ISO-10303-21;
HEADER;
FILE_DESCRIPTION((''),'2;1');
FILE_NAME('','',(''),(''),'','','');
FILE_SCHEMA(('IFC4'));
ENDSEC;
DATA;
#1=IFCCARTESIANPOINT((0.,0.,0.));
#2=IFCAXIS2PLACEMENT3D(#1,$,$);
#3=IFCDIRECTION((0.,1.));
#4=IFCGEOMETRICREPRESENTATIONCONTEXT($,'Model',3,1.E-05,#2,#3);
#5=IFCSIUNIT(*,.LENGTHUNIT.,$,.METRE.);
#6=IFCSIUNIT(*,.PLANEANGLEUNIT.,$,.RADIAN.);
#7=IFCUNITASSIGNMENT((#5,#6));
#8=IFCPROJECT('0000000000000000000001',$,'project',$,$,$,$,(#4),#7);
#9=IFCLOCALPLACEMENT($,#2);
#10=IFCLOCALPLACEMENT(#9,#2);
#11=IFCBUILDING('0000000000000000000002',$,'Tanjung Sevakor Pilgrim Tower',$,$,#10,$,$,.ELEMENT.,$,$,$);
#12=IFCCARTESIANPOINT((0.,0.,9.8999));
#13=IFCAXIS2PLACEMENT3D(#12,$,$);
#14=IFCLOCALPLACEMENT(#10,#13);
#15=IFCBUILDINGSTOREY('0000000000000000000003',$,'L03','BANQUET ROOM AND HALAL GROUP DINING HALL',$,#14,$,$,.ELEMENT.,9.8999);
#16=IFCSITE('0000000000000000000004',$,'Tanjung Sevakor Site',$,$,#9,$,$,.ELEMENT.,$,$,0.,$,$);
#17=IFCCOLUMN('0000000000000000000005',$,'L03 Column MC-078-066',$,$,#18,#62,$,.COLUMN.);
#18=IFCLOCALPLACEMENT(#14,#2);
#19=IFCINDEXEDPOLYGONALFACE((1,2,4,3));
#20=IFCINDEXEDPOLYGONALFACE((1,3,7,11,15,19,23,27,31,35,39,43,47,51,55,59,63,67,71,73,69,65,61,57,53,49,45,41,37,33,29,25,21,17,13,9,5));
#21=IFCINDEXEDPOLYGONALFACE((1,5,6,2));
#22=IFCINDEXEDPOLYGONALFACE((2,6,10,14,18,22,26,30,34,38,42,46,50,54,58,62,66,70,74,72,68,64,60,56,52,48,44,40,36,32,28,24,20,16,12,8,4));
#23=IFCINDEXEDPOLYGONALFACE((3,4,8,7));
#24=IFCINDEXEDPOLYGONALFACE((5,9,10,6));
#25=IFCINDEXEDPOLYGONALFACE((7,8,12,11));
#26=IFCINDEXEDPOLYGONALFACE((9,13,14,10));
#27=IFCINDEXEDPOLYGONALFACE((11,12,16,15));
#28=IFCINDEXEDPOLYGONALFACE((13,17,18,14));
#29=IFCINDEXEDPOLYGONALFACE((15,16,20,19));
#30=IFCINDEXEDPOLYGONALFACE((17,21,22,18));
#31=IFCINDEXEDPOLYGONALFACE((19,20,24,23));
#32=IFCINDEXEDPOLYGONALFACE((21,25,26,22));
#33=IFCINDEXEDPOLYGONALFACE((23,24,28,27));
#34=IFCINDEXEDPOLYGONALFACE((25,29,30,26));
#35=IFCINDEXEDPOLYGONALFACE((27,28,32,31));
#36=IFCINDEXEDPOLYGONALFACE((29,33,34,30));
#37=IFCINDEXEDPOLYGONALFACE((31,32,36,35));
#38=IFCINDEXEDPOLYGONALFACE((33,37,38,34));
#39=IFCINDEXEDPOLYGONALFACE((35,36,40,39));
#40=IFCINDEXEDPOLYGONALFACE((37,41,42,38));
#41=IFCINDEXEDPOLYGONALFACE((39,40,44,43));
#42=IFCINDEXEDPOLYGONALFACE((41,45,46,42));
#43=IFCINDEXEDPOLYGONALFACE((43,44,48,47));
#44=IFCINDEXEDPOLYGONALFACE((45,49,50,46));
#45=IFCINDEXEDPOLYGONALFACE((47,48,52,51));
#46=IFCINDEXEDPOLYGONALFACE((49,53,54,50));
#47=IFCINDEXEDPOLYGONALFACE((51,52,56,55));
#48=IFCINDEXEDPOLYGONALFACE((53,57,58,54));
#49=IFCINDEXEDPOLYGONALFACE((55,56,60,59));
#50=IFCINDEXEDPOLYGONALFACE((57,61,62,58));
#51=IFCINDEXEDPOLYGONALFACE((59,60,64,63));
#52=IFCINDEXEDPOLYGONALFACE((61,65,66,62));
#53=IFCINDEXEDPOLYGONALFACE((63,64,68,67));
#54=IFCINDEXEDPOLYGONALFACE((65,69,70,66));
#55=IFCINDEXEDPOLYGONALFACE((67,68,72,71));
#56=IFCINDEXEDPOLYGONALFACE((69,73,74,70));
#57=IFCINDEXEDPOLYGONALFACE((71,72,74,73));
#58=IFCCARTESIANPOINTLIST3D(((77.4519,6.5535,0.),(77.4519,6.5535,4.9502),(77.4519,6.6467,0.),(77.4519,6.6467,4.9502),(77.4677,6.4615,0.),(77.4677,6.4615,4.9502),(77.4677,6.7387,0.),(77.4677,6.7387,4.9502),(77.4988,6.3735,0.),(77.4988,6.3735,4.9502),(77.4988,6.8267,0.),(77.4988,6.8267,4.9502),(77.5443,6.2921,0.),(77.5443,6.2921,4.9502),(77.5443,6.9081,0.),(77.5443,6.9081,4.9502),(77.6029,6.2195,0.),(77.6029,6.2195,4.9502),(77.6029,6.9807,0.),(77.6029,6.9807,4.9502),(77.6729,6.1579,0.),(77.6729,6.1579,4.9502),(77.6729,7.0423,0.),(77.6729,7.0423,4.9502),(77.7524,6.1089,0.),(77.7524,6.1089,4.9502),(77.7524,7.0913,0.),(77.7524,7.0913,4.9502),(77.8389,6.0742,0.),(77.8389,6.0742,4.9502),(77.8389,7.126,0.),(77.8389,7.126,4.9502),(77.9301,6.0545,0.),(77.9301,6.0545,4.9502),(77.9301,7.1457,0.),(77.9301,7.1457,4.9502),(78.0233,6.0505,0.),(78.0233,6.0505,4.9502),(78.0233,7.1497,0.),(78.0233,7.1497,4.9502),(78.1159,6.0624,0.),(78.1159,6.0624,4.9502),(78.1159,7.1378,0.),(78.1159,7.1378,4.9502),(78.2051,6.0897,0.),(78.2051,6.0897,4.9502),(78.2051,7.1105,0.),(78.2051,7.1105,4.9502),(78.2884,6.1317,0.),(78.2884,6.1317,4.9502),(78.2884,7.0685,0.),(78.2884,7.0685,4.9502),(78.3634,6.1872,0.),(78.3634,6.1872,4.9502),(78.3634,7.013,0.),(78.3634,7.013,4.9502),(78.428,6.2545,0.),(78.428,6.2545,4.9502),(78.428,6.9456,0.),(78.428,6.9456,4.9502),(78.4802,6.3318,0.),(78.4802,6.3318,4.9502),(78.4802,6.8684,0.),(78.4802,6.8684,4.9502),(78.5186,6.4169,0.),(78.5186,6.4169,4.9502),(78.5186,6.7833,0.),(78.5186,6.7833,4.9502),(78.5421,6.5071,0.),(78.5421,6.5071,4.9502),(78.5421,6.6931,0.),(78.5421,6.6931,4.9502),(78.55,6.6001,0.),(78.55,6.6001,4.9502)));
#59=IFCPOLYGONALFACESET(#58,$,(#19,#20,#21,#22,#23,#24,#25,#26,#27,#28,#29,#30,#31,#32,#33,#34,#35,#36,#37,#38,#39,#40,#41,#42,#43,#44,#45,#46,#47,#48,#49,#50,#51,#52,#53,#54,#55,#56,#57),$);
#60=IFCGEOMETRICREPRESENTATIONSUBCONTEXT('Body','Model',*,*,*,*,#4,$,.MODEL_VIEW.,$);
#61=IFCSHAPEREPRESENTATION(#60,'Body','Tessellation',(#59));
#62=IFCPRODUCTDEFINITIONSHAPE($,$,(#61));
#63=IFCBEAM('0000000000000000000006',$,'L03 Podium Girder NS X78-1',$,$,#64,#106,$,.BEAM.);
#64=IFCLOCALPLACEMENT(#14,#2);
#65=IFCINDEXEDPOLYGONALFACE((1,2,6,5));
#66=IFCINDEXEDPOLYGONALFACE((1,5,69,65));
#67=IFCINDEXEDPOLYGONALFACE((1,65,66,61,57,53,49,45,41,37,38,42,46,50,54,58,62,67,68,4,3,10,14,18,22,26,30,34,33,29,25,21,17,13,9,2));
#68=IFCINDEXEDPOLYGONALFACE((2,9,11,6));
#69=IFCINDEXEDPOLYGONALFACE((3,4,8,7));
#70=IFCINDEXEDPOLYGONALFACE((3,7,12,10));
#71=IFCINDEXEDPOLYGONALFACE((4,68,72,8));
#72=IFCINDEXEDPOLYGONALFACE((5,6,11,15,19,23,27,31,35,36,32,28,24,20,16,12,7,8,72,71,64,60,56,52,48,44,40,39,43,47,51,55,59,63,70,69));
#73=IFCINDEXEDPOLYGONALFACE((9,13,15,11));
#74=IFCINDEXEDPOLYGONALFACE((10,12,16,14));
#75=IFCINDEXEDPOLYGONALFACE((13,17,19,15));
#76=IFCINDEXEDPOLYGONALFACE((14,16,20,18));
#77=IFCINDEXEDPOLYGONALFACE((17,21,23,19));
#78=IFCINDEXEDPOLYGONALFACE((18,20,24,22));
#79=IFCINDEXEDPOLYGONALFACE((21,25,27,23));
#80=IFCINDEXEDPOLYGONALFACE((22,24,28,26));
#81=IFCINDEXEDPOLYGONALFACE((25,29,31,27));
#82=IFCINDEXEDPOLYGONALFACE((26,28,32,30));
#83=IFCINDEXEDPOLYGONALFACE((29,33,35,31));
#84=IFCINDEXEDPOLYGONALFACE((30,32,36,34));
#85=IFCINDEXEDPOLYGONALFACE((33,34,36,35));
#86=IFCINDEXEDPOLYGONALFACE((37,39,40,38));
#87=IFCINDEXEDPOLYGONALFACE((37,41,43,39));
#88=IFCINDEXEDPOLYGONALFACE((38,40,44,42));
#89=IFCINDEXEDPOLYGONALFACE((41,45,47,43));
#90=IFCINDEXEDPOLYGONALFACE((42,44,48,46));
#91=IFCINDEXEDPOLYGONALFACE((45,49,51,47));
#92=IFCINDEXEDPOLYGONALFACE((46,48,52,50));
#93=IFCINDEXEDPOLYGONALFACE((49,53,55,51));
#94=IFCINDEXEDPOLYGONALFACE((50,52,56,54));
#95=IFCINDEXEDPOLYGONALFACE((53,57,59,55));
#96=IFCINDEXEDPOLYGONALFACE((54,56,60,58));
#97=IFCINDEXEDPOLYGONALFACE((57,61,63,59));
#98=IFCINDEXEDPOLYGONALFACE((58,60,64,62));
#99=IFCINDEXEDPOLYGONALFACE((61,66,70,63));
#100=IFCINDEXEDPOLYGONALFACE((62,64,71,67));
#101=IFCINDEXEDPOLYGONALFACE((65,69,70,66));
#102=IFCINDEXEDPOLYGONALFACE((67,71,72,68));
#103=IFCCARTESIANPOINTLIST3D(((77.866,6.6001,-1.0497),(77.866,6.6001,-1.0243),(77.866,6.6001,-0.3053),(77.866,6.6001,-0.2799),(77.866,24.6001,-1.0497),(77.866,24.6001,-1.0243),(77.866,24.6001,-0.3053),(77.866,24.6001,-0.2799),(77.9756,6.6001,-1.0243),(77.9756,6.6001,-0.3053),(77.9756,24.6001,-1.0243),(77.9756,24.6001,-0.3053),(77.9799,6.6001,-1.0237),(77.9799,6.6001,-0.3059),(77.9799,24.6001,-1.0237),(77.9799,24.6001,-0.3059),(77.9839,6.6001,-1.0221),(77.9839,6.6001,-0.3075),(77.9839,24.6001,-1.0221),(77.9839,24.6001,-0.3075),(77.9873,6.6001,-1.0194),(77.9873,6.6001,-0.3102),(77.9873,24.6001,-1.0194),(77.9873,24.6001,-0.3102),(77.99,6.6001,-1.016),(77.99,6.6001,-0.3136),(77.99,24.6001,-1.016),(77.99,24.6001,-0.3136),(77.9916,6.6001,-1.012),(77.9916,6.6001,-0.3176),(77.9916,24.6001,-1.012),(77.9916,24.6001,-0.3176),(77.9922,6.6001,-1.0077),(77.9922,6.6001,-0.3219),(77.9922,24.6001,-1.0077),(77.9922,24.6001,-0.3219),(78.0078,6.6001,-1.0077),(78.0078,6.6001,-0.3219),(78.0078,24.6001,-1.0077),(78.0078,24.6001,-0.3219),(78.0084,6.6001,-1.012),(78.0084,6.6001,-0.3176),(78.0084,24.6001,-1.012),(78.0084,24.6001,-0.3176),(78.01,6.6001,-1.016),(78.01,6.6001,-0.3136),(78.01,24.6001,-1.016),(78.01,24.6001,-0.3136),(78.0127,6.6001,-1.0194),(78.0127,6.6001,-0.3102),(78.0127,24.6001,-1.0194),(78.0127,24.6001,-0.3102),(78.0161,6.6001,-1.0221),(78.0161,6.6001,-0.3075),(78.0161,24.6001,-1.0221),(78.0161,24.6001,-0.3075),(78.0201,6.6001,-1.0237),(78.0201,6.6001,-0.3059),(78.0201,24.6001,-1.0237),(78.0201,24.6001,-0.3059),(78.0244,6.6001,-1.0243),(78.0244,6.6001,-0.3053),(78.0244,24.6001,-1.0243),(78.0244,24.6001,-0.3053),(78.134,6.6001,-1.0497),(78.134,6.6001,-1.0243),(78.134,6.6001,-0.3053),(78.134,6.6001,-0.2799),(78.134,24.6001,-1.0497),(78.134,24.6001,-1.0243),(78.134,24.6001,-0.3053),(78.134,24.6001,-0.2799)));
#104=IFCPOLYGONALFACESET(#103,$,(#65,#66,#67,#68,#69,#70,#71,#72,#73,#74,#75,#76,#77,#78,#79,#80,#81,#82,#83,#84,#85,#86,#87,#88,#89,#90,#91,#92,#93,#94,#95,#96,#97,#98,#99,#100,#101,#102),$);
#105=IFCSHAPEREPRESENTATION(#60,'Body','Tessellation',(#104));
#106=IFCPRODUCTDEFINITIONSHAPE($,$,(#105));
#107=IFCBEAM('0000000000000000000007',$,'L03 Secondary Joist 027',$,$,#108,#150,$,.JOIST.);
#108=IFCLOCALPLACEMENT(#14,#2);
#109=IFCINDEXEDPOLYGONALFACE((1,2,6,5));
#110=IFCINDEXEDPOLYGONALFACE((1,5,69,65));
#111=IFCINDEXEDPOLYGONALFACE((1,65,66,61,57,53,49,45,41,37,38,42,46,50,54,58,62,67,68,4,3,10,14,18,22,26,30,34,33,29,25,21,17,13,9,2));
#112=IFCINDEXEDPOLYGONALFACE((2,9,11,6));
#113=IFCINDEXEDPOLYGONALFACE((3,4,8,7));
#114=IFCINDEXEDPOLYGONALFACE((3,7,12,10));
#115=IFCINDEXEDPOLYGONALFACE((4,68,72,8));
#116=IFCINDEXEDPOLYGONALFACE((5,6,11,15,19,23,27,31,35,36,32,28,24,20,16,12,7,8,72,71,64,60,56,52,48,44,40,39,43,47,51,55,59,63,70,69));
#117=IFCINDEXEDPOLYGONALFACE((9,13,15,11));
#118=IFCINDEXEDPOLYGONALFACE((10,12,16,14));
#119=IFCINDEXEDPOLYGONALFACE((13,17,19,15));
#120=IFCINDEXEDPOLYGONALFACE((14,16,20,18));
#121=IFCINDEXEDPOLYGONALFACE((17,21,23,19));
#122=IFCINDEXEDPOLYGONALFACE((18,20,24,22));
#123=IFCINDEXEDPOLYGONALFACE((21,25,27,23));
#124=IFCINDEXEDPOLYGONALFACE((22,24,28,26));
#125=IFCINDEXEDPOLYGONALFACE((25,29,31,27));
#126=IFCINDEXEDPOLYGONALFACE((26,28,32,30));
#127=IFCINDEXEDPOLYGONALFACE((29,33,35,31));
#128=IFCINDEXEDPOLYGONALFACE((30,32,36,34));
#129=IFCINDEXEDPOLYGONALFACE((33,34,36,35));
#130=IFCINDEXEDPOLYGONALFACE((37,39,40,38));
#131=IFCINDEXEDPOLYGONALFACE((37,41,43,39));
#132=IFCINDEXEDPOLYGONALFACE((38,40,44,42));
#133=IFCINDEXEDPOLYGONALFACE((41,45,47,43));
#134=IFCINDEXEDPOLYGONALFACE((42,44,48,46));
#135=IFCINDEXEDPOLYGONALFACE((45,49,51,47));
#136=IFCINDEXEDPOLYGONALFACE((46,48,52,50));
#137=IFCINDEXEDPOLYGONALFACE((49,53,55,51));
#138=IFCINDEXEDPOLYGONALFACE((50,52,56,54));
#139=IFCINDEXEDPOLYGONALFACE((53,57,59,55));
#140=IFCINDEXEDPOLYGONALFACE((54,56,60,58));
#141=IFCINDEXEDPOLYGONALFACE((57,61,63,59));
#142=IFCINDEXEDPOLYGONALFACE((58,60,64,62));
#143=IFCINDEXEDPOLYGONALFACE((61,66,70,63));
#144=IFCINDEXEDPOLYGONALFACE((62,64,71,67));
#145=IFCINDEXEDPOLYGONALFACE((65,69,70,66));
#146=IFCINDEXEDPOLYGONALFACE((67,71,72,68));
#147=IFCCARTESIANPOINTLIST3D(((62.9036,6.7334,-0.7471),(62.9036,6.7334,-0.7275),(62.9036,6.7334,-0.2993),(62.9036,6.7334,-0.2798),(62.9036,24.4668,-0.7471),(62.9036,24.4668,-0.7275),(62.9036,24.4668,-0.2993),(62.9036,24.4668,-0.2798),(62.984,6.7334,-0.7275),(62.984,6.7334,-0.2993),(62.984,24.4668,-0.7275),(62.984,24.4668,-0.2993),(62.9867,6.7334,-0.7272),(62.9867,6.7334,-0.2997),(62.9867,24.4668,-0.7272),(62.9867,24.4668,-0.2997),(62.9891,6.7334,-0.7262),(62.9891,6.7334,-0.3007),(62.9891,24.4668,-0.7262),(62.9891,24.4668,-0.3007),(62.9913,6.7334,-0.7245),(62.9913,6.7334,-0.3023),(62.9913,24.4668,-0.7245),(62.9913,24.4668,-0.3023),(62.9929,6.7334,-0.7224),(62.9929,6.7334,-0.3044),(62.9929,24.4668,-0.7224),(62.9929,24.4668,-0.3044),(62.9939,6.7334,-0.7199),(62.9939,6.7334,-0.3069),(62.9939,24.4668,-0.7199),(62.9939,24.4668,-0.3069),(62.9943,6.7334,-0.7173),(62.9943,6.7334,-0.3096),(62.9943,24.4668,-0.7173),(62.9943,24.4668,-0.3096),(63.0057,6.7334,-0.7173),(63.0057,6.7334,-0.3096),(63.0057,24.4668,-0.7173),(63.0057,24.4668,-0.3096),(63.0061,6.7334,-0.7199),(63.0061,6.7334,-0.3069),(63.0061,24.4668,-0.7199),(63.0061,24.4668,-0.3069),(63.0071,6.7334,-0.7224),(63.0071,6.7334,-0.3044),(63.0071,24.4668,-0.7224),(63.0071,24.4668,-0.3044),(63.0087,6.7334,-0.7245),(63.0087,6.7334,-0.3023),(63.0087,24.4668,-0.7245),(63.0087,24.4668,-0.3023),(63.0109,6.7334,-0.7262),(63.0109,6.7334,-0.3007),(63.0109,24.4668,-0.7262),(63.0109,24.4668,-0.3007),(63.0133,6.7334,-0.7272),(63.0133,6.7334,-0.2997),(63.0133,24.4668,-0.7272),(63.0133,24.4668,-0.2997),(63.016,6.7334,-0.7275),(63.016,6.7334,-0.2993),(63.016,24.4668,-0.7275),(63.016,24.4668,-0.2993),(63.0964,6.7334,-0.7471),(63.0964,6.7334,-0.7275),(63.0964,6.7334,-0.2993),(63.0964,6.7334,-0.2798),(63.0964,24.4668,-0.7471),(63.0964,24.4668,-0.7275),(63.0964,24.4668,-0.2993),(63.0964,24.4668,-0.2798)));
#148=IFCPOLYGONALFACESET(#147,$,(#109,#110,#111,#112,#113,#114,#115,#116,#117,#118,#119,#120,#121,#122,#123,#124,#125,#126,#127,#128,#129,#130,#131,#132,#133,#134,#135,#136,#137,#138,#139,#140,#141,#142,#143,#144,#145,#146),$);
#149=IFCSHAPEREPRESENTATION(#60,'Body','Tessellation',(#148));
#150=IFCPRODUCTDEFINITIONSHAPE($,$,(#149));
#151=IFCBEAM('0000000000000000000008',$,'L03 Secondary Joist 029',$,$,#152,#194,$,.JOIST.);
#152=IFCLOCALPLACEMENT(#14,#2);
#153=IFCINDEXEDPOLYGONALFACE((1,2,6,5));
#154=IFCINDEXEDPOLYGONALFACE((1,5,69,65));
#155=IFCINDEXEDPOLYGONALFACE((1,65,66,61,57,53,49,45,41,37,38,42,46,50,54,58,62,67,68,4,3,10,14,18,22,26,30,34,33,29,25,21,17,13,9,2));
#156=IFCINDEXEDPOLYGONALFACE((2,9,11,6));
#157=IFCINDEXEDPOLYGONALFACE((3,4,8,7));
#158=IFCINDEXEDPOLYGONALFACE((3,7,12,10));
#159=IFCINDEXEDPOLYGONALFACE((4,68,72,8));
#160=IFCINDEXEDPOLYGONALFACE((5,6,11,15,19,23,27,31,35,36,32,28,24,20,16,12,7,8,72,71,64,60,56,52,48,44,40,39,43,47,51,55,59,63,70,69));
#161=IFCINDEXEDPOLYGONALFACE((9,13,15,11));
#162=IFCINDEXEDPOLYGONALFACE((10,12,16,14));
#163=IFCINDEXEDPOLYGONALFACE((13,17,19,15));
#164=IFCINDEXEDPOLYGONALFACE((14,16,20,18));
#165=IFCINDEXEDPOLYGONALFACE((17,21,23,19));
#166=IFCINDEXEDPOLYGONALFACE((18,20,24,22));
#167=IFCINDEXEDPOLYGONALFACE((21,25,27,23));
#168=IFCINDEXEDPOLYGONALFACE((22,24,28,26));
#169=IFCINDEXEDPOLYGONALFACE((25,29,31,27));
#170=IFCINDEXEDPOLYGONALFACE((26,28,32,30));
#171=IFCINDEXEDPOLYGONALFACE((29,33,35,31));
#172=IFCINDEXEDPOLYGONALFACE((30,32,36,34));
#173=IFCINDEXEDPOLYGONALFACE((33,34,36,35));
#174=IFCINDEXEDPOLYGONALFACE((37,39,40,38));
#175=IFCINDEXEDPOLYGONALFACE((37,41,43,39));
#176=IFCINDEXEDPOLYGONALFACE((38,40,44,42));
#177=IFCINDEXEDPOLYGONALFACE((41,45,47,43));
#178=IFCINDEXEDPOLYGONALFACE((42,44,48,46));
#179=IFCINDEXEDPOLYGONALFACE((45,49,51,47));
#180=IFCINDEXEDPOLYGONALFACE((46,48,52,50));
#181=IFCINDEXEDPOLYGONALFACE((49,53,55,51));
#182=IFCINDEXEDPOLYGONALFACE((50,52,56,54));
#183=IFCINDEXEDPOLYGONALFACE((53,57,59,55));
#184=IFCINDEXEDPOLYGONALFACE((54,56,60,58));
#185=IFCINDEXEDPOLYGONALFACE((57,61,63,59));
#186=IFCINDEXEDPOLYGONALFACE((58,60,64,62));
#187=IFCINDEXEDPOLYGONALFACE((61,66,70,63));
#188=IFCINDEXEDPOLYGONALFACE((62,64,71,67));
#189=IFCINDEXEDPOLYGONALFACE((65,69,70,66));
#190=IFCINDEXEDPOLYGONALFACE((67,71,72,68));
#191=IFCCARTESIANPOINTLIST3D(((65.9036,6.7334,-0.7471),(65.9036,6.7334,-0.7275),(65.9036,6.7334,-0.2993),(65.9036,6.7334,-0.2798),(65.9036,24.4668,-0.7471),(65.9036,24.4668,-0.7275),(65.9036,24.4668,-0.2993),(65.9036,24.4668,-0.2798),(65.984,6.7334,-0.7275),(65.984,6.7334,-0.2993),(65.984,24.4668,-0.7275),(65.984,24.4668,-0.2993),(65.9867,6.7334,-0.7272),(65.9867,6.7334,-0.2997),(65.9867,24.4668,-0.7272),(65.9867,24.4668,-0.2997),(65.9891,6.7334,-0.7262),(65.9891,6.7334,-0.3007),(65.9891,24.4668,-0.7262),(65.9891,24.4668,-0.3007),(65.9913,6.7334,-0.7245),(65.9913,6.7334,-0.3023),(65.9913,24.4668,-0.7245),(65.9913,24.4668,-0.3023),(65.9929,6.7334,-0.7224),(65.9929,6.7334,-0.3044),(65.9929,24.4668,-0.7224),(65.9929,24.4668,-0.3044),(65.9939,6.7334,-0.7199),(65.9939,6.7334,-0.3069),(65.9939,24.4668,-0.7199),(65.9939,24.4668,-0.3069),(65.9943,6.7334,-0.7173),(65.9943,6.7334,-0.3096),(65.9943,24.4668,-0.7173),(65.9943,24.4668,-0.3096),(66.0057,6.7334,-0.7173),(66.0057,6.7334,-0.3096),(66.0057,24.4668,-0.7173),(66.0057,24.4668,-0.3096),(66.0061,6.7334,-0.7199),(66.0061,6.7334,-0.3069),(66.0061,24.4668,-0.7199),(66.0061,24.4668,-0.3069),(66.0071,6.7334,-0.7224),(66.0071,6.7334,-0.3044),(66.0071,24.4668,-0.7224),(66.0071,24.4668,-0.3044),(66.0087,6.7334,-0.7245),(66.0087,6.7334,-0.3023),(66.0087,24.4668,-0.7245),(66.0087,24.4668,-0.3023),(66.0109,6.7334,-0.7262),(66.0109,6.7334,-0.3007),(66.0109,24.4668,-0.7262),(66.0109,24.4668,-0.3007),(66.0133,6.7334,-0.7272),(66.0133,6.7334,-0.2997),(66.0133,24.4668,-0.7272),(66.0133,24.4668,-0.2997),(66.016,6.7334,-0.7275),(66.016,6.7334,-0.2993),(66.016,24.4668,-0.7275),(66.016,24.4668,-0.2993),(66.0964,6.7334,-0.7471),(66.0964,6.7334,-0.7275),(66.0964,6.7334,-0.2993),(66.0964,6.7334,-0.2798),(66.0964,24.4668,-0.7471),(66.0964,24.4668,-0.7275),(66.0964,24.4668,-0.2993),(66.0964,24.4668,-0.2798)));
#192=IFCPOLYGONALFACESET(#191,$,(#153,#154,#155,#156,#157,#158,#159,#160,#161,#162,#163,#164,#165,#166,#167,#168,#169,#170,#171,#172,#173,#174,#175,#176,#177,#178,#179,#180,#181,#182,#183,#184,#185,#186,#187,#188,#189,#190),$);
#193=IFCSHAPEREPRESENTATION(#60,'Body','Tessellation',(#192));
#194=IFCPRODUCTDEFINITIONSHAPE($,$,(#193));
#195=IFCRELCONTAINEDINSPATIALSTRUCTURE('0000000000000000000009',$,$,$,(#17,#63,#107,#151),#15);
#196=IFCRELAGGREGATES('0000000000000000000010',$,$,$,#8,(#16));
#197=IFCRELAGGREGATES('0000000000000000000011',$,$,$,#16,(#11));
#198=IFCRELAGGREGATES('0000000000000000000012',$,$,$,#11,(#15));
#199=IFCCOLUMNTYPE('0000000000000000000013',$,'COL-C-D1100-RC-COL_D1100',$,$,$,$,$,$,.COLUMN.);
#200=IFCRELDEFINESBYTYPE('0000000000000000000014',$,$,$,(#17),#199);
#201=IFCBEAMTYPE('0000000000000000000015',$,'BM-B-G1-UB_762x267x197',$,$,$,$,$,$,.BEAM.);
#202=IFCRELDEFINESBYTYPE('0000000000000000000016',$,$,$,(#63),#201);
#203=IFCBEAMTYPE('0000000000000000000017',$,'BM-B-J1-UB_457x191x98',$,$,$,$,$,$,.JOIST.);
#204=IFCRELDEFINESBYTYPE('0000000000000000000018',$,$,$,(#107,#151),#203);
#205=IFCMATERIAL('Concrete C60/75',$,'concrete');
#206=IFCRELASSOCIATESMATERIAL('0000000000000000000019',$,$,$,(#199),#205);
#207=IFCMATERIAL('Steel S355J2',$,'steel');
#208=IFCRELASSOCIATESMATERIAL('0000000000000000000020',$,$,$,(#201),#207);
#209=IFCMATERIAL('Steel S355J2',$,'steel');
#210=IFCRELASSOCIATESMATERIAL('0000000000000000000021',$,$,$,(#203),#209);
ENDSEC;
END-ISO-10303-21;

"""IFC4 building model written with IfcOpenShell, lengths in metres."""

from ifc_helpers import new_model, si_unit, direction, frame, origin, origin_2d, place, context, subcontext, project, spatial, circle, i_section, extrude, material, material_profile, profile_set, type_object, element, save


model = new_model("IFC4")

# Units and contexts
model_context = context("Model", 3, precision=1e-05, world=origin(), true_north=direction((0.0, 1.0)))
body_context = subcontext(model_context, "Body", "Model", "MODEL_VIEW")
ifc_project = project(units=[si_unit("LENGTHUNIT", "METRE"), si_unit("PLANEANGLEUNIT", "RADIAN")], contexts=[model_context])

# Site, building, storey
site_placement = place(None, origin())
site = spatial("IfcSite", under=ifc_project, at=site_placement, Name="Tanjung Sevakor Site", CompositionType="ELEMENT", RefElevation=0.0)
building_placement = place(site_placement, origin())
building = spatial("IfcBuilding", under=site, at=building_placement, Name="Tanjung Sevakor Pilgrim Tower", CompositionType="ELEMENT")
storey_placement = place(building_placement, frame((0.0, 0.0, 9.8999)))
storey = spatial("IfcBuildingStorey", under=building, at=storey_placement, Name="L03", Description="BANQUET ROOM AND HALAL GROUP DINING HALL", CompositionType="ELEMENT", Elevation=9.8999)

# Column
ifc_material_1 = material(Name="Concrete C60/75", Category="concrete")
ifc_material_profile_1 = material_profile(ifc_material_1, circle(Radius=0.55, at=origin_2d()))
ifc_profile_set_1 = profile_set([ifc_material_profile_1], Name="Concrete C60/75")
column_type = type_object("IfcColumnType", Name="COL-C-D1100-RC-COL_D1100", PredefinedType="COLUMN", material=ifc_profile_set_1)
column_placement = place(storey_placement, frame((78.0, 6.6001, 0.0), z_axis=(0.0, 0.0, 1.0), x_axis=(1.0, 0.0, 0.0)))
element("IfcColumn", 1, at=column_placement, inside=storey, type_object=column_type, Name="L03 Column MC-078-066", PredefinedType="COLUMN", context=body_context, shape_type="SweptSolid", body=[
    extrude(circle(Radius=0.55, at=origin_2d()), origin(), (0.0, 0.0, 1.0), 4.9502),
])

# Beams
ifc_material_2 = material(Name="Steel S355J2", Category="steel")
ifc_material_profile_2 = material_profile(ifc_material_2, i_section(OverallWidth=0.2681, OverallDepth=0.7698, WebThickness=0.0156, FlangeThickness=0.0254, FilletRadius=0.0166, at=origin_2d()))
ifc_profile_set_2 = profile_set([ifc_material_profile_2], Name="Steel S355J2")
beam_type_1 = type_object("IfcBeamType", Name="BM-B-G1-UB_762x267x197", PredefinedType="BEAM", material=ifc_profile_set_2)
beam_1_placement = place(storey_placement, frame((78.0, 6.6001, -0.6648), z_axis=(0.0, 1.0, 0.0), x_axis=(-1.0, 0.0, 0.0)))
element("IfcBeam", 2, at=beam_1_placement, inside=storey, type_object=beam_type_1, Name="L03 Podium Girder NS X78-1", PredefinedType="BEAM", context=body_context, shape_type="SweptSolid", body=[
    extrude(i_section(OverallWidth=0.2681, OverallDepth=0.7698, WebThickness=0.0156, FlangeThickness=0.0254, FilletRadius=0.0166, at=origin_2d()), origin(), (0.0, 0.0, 1.0), 18.0),
])
ifc_material_3 = material(Name="Steel S355J2", Category="steel")
ifc_material_profile_3 = material_profile(ifc_material_3, i_section(OverallWidth=0.1929, OverallDepth=0.4673, WebThickness=0.0115, FlangeThickness=0.0195, FilletRadius=0.0103, at=origin_2d()))
ifc_profile_set_3 = profile_set([ifc_material_profile_3], Name="Steel S355J2")
beam_type_2 = type_object("IfcBeamType", Name="BM-B-J1-UB_457x191x98", PredefinedType="JOIST", material=ifc_profile_set_3)
for number, where, z_axis, x_axis, name in (
    (3, (63.0, 6.7334, -0.5134), (0.0, 1.0, 0.0), (-1.0, 0.0, 0.0), "L03 Secondary Joist 027"),
    (4, (66.0, 6.7334, -0.5134), (0.0, 1.0, 0.0), (-1.0, 0.0, 0.0), "L03 Secondary Joist 029"),
):
    element("IfcBeam", number, at=place(storey_placement, frame(where, z_axis=z_axis, x_axis=x_axis)), inside=storey, type_object=beam_type_2, Name=name, PredefinedType="JOIST", context=body_context, shape_type="SweptSolid", body=[
        extrude(i_section(OverallWidth=0.1929, OverallDepth=0.4673, WebThickness=0.0115, FlangeThickness=0.0195, FilletRadius=0.0103, at=origin_2d()), origin(), (0.0, 0.0, 1.0), 17.7334),
    ])

save(model, "model.ifc")
